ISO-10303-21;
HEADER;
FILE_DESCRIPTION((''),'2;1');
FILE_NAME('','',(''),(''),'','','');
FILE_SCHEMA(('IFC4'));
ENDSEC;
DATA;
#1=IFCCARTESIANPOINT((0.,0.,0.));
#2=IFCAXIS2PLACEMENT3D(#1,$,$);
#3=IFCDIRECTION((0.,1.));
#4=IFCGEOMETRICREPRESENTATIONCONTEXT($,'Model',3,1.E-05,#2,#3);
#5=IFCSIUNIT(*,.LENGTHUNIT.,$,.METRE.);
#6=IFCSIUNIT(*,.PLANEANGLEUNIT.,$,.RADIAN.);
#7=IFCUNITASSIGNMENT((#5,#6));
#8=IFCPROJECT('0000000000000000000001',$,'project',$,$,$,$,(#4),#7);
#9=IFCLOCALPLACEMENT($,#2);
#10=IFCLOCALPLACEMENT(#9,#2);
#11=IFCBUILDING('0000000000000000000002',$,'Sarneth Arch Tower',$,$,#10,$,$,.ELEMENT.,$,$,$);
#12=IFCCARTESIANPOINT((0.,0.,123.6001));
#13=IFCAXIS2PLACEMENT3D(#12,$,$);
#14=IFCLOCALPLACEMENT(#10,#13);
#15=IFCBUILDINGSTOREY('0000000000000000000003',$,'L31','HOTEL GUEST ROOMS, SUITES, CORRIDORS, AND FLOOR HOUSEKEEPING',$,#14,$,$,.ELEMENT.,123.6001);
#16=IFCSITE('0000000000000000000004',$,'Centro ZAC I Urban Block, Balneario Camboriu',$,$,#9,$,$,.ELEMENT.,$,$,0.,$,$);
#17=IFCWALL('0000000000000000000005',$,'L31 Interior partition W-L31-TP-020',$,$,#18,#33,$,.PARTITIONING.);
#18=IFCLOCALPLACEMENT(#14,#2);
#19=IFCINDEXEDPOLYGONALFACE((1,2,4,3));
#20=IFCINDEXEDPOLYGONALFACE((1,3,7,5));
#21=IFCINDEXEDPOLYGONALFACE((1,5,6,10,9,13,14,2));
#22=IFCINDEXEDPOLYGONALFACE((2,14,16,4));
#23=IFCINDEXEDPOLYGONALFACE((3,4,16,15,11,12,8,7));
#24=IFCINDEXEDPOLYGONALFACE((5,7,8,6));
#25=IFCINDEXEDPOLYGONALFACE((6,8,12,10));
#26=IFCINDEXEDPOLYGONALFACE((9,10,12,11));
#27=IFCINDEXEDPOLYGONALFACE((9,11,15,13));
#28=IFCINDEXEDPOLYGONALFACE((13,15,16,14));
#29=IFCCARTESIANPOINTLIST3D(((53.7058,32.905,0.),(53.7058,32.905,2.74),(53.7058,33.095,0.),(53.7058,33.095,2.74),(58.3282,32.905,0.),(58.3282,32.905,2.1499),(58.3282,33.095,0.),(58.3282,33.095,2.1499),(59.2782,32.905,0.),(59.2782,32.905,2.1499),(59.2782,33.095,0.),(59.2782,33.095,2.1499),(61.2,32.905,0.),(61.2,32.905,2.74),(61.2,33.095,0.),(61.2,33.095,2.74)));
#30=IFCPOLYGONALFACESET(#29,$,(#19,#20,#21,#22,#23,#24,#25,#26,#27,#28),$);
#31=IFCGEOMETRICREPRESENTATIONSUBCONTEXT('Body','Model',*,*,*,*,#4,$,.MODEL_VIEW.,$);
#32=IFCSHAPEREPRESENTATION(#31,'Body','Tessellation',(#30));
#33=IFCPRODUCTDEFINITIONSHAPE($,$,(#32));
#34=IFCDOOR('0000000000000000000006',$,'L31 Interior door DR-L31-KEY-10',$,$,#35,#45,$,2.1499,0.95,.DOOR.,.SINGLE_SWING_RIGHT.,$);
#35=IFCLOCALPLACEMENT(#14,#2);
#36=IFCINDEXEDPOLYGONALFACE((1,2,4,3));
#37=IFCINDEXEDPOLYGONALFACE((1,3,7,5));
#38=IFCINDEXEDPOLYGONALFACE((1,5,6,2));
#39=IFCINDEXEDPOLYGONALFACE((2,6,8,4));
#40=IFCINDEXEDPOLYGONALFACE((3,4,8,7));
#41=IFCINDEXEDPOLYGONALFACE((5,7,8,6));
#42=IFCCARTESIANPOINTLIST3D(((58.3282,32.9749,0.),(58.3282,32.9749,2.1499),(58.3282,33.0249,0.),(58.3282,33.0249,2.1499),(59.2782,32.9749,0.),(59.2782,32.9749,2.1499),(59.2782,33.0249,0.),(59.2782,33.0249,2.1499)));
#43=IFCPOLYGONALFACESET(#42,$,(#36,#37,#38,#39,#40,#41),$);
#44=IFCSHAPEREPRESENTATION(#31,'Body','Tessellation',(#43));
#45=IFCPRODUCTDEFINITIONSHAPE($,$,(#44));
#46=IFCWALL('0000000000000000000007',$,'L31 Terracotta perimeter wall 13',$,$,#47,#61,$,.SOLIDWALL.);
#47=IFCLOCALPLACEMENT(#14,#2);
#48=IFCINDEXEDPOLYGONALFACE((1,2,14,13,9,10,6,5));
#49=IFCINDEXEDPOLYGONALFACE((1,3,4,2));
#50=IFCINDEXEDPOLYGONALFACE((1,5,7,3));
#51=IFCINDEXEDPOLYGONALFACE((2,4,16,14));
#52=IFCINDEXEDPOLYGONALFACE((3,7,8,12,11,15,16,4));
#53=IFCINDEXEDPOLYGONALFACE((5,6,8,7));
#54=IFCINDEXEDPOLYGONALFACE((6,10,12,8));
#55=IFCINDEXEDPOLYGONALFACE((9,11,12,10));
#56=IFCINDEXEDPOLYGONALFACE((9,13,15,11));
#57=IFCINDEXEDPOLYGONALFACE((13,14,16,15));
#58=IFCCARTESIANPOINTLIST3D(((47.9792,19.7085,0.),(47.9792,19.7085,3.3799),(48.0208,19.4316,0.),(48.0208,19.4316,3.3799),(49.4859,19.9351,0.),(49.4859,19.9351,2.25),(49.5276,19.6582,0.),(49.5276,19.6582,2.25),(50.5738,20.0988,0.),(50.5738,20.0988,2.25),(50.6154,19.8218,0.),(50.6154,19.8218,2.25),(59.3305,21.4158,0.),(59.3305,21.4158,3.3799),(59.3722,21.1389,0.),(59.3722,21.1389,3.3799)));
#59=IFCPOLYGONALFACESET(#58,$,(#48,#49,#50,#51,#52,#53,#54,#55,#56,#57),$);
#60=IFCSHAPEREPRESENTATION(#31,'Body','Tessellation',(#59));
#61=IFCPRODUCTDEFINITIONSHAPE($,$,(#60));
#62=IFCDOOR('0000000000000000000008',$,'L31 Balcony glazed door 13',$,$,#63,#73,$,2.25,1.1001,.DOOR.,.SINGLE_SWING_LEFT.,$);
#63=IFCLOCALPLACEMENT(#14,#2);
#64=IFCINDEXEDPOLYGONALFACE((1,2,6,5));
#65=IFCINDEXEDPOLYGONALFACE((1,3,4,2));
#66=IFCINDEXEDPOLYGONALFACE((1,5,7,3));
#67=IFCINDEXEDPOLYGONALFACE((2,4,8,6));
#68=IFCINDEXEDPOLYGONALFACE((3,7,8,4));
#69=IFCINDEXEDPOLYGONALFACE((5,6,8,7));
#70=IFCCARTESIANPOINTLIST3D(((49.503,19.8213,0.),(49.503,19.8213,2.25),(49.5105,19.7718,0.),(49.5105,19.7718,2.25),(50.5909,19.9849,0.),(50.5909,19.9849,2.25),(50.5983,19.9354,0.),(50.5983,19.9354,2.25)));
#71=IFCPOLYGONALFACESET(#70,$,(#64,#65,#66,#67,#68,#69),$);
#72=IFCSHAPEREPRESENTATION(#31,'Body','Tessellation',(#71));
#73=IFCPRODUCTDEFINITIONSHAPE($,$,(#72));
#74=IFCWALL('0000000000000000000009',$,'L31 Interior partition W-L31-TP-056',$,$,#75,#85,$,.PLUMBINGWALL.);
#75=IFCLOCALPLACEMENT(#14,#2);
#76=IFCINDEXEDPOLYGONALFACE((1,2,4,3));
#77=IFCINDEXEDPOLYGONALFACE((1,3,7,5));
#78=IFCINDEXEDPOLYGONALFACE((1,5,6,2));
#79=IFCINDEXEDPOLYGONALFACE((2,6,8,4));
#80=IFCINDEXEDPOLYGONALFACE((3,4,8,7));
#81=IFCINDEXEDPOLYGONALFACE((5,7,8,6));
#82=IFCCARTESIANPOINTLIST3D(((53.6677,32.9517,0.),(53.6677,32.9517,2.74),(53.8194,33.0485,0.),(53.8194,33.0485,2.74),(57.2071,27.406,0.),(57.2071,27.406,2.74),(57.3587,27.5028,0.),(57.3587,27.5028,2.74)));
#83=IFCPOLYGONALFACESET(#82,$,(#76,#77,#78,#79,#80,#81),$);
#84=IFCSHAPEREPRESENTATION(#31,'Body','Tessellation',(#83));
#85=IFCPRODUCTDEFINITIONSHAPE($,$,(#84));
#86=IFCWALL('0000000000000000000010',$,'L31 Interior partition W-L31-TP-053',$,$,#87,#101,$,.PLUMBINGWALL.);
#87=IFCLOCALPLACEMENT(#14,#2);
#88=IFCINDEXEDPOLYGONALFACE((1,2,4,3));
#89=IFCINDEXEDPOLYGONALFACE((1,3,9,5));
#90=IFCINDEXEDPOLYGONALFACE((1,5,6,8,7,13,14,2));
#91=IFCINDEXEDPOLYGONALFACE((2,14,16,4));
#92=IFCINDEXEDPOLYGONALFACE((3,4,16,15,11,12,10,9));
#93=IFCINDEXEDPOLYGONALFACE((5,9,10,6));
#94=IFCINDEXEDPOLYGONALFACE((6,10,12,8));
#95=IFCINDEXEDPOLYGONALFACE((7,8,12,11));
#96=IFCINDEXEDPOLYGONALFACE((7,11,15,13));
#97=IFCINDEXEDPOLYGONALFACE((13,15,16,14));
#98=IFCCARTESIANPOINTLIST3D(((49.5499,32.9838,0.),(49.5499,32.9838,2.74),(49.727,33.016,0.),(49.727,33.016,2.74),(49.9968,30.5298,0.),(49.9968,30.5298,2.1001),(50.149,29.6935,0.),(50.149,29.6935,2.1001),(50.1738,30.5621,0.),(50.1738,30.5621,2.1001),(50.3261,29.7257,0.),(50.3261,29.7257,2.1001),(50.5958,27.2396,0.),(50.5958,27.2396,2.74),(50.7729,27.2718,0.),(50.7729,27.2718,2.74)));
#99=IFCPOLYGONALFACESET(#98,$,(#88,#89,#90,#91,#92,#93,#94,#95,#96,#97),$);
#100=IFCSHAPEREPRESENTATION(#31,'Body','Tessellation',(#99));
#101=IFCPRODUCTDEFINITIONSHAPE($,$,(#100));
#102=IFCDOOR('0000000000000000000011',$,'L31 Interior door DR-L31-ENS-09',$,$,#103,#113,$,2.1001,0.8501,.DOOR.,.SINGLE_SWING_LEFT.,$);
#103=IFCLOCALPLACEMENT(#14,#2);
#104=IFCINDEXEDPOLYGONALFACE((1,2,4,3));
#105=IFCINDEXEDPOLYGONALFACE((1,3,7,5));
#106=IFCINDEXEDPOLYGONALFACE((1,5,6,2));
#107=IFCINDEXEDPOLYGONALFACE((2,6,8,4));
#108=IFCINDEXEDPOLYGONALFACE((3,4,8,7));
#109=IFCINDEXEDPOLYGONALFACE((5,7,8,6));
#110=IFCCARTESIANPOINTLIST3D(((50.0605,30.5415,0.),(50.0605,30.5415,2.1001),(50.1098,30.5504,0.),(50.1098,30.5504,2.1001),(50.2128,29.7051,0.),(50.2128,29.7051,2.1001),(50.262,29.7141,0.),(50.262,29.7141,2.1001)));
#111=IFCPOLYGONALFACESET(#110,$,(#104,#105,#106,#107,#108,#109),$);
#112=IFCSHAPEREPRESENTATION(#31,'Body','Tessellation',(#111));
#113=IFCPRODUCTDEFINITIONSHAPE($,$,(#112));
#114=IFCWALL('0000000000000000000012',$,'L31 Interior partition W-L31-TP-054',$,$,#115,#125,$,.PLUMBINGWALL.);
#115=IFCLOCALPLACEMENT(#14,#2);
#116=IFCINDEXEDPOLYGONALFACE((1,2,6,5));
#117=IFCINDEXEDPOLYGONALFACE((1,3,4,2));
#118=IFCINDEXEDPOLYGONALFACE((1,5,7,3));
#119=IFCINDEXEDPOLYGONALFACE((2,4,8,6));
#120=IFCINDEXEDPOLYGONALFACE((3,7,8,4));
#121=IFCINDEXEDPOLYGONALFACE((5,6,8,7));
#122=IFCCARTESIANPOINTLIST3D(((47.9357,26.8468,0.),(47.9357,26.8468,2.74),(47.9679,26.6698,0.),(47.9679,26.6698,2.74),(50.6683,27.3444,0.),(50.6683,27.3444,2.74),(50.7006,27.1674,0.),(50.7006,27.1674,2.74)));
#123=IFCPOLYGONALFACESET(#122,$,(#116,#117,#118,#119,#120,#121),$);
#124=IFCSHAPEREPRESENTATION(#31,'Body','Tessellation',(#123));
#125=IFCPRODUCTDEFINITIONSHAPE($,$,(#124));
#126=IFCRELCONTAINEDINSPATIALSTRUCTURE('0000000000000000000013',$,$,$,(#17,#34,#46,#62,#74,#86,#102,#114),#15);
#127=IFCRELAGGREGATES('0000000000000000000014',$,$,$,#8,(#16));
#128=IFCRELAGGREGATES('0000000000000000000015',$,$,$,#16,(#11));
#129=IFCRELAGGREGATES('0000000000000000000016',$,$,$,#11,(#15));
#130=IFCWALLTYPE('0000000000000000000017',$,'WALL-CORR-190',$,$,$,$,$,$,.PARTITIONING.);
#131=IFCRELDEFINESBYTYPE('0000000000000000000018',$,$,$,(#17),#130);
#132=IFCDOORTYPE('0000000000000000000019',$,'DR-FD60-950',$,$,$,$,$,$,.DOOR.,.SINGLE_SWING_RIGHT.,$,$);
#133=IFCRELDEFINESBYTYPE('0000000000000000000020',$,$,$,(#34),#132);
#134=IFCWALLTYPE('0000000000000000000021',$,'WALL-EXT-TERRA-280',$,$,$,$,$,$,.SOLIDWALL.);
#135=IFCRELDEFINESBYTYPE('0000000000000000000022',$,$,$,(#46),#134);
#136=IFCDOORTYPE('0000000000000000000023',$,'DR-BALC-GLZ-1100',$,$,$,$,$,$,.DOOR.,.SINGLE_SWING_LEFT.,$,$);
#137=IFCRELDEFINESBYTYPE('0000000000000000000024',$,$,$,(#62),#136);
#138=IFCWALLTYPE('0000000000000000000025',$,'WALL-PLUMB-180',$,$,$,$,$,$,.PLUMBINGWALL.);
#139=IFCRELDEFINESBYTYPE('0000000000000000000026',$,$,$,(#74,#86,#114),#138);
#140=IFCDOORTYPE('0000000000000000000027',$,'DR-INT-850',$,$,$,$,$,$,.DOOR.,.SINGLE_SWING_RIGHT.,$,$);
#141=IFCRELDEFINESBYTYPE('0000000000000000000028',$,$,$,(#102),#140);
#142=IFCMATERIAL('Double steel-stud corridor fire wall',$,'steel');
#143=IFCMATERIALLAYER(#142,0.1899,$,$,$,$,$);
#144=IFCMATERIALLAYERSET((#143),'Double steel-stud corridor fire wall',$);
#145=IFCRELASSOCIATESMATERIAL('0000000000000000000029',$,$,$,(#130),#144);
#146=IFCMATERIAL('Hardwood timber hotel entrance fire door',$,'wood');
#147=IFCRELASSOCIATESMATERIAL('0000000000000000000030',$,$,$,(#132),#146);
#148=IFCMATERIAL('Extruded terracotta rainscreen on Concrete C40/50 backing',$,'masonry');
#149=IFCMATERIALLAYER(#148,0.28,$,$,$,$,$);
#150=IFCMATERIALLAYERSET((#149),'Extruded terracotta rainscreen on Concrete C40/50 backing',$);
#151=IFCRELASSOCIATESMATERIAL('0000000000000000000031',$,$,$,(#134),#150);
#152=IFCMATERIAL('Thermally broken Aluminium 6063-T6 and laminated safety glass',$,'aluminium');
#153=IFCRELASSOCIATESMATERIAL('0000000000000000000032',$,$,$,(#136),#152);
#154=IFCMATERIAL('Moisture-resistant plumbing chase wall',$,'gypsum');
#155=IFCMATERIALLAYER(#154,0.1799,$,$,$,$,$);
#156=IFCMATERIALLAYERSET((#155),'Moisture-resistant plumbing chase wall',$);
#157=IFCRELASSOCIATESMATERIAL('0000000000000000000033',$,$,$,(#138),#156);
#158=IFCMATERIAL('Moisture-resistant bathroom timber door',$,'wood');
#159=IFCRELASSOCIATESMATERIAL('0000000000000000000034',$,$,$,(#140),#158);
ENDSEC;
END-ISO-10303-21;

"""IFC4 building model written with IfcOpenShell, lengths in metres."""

from ifc_helpers import new_model, si_unit, direction, frame, frame_2d, origin, place, context, subcontext, project, spatial, rectangle, extrude, material, layer, layer_set, type_object, element, fill, save


model = new_model("IFC4")

# Units and contexts
model_context = context("Model", 3, precision=1e-05, world=origin(), true_north=direction((0.0, 1.0)))
body_context = subcontext(model_context, "Body", "Model", "MODEL_VIEW")
ifc_project = project(units=[si_unit("LENGTHUNIT", "METRE"), si_unit("PLANEANGLEUNIT", "RADIAN")], contexts=[model_context])

# Site, building, storey
site_placement = place(None, origin())
site = spatial("IfcSite", under=ifc_project, at=site_placement, Name="Centro ZAC I Urban Block, Balneario Camboriu", CompositionType="ELEMENT", RefElevation=0.0)
building_placement = place(site_placement, origin())
building = spatial("IfcBuilding", under=site, at=building_placement, Name="Sarneth Arch Tower", CompositionType="ELEMENT")
storey_placement = place(building_placement, frame((0.0, 0.0, 123.6001)))
storey = spatial("IfcBuildingStorey", under=building, at=storey_placement, Name="L31", Description="HOTEL GUEST ROOMS, SUITES, CORRIDORS, AND FLOOR HOUSEKEEPING", CompositionType="ELEMENT", Elevation=123.6001)

# Shared definitions
ifc_material_1 = material(Name="Double steel-stud corridor fire wall", Category="steel")
ifc_layer_1 = layer(ifc_material_1, 0.1899)
ifc_layer_set_1 = layer_set([ifc_layer_1], Name="Double steel-stud corridor fire wall")
wall_type_1 = type_object("IfcWallType", Name="WALL-CORR-190", PredefinedType="PARTITIONING", material=ifc_layer_set_1)
ifc_material_2 = material(Name="Hardwood timber hotel entrance fire door", Category="wood")
door_type_1 = type_object("IfcDoorType", Name="DR-FD60-950", OperationType="SINGLE_SWING_RIGHT", PredefinedType="DOOR", material=ifc_material_2)

# Walls, openings, doors
wall_1_placement = place(storey_placement, frame((53.7058, 33.0, 0.0), z_axis=(0.0, 0.0, 1.0), x_axis=(1.0, 0.0, 0.0)))
wall_1 = element("IfcWall", 1, at=wall_1_placement, inside=storey, type_object=wall_type_1, Name="L31 Interior partition W-L31-TP-020", PredefinedType="PARTITIONING", context=body_context, shape_type="SweptSolid", body=[
    extrude(rectangle(XDim=7.4941, YDim=0.1899, at=frame_2d((3.7471, 0.0))), origin(), (0.0, 0.0, 1.0), 2.74),
])
opening_1_placement = place(wall_1_placement, frame((4.6223, 0.0, 0.0)))
opening_1 = element("IfcOpeningElement", 2, at=opening_1_placement, cuts=wall_1, PredefinedType="OPENING", context=body_context, shape_type="SweptSolid", body=[
    extrude(rectangle(XDim=0.95, YDim=2.1499, at=frame_2d((0.4751, 1.075))), frame((0.0, 0.105, 0.0), z_axis=(0.0, -1.0, 0.0), x_axis=(1.0, 0.0, 0.0)), (0.0, 0.0, 1.0), 0.21),
])
door_1_placement = place(opening_1_placement, origin())
door_1 = element("IfcDoor", 3, at=door_1_placement, inside=storey, type_object=door_type_1, Name="L31 Interior door DR-L31-KEY-10", OperationType="SINGLE_SWING_RIGHT", OverallHeight=2.1499, OverallWidth=0.95, PredefinedType="DOOR", context=body_context, shape_type="SweptSolid", body=[
    extrude(rectangle(XDim=0.95, YDim=2.1499, at=frame_2d((0.4751, 1.075))), frame((0.0, 0.0249, 0.0), z_axis=(0.0, -1.0, 0.0), x_axis=(1.0, 0.0, 0.0)), (0.0, 0.0, 1.0), 0.05),
])
fill(opening_1, door_1)
ifc_material_3 = material(Name="Extruded terracotta rainscreen on Concrete C40/50 backing", Category="masonry")
ifc_layer_2 = layer(ifc_material_3, 0.28)
ifc_layer_set_2 = layer_set([ifc_layer_2], Name="Extruded terracotta rainscreen on Concrete C40/50 backing")
wall_type_2 = type_object("IfcWallType", Name="WALL-EXT-TERRA-280", PredefinedType="SOLIDWALL", material=ifc_layer_set_2)
wall_2_placement = place(storey_placement, frame((48.0, 19.5701, 0.0), z_axis=(0.0, 0.0, 1.0), x_axis=(0.988878, 0.14873, 0.0)))
wall_2 = element("IfcWall", 4, at=wall_2_placement, inside=storey, type_object=wall_type_2, Name="L31 Terracotta perimeter wall 13", PredefinedType="SOLIDWALL", context=body_context, shape_type="SweptSolid", body=[
    extrude(rectangle(XDim=11.479, YDim=0.28, at=frame_2d((5.7395, 0.0))), origin(), (0.0, 0.0, 1.0), 3.3799),
])
opening_2_placement = place(wall_2_placement, frame((1.5237, 0.0, 0.0)))
opening_2 = element("IfcOpeningElement", 5, at=opening_2_placement, cuts=wall_2, PredefinedType="OPENING", context=body_context, shape_type="SweptSolid", body=[
    extrude(rectangle(XDim=1.1001, YDim=2.25, at=frame_2d((0.55, 1.125))), frame((0.0, 0.1499, 0.0), z_axis=(0.0, -1.0, 0.0), x_axis=(1.0, 0.0, 0.0)), (0.0, 0.0, 1.0), 0.3),
])
ifc_material_4 = material(Name="Thermally broken Aluminium 6063-T6 and laminated safety glass", Category="aluminium")
door_type_2 = type_object("IfcDoorType", Name="DR-BALC-GLZ-1100", OperationType="SINGLE_SWING_LEFT", PredefinedType="DOOR", material=ifc_material_4)
door_2_placement = place(opening_2_placement, origin())
door_2 = element("IfcDoor", 6, at=door_2_placement, inside=storey, type_object=door_type_2, Name="L31 Balcony glazed door 13", OperationType="SINGLE_SWING_LEFT", OverallHeight=2.25, OverallWidth=1.1001, PredefinedType="DOOR", context=body_context, shape_type="SweptSolid", body=[
    extrude(rectangle(XDim=1.1001, YDim=2.25, at=frame_2d((0.55, 1.125))), frame((0.0, 0.0249, 0.0), z_axis=(0.0, -1.0, 0.0), x_axis=(1.0, 0.0, 0.0)), (0.0, 0.0, 1.0), 0.05),
])
fill(opening_2, door_2)

# Wall
ifc_material_5 = material(Name="Moisture-resistant plumbing chase wall", Category="gypsum")
ifc_layer_3 = layer(ifc_material_5, 0.1799)
ifc_layer_set_3 = layer_set([ifc_layer_3], Name="Moisture-resistant plumbing chase wall")
wall_type_3 = type_object("IfcWallType", Name="WALL-PLUMB-180", PredefinedType="PLUMBINGWALL", material=ifc_layer_set_3)
wall_3_placement = place(storey_placement, frame((57.283, 27.4543, 0.0), z_axis=(0.0, 0.0, 1.0), x_axis=(-0.537984, 0.842955, 0.0)))
element("IfcWall", 7, at=wall_3_placement, inside=storey, type_object=wall_type_3, Name="L31 Interior partition W-L31-TP-056", PredefinedType="PLUMBINGWALL", context=body_context, shape_type="SweptSolid", body=[
    extrude(rectangle(XDim=6.5789, YDim=0.1799, at=frame_2d((3.2896, 0.0))), origin(), (0.0, 0.0, 1.0), 2.74),
])

# Wall, opening, door
wall_4_placement = place(storey_placement, frame((49.6384, 33.0, 0.0), z_axis=(0.0, 0.0, 1.0), x_axis=(0.179136, -0.983824, 0.0)))
wall_4 = element("IfcWall", 8, at=wall_4_placement, inside=storey, type_object=wall_type_3, Name="L31 Interior partition W-L31-TP-053", PredefinedType="PLUMBINGWALL", context=body_context, shape_type="SweptSolid", body=[
    extrude(rectangle(XDim=5.8386, YDim=0.1799, at=frame_2d((2.9194, 0.0))), origin(), (0.0, 0.0, 1.0), 2.74),
])
opening_3_placement = place(wall_4_placement, frame((2.4944, 0.0, 0.0)))
opening_3 = element("IfcOpeningElement", 9, at=opening_3_placement, cuts=wall_4, PredefinedType="OPENING", context=body_context, shape_type="SweptSolid", body=[
    extrude(rectangle(XDim=0.8501, YDim=2.1001, at=frame_2d((0.425, 1.05))), frame((0.0, 0.0999, 0.0), z_axis=(0.0, -1.0, 0.0), x_axis=(1.0, 0.0, 0.0)), (0.0, 0.0, 1.0), 0.2),
])
ifc_material_6 = material(Name="Moisture-resistant bathroom timber door", Category="wood")
door_type_3 = type_object("IfcDoorType", Name="DR-INT-850", OperationType="SINGLE_SWING_RIGHT", PredefinedType="DOOR", material=ifc_material_6)
door_3_placement = place(opening_3_placement, origin())
door_3 = element("IfcDoor", 10, at=door_3_placement, inside=storey, type_object=door_type_3, Name="L31 Interior door DR-L31-ENS-09", OperationType="SINGLE_SWING_LEFT", OverallHeight=2.1001, OverallWidth=0.8501, PredefinedType="DOOR", context=body_context, shape_type="SweptSolid", body=[
    extrude(rectangle(XDim=0.8501, YDim=2.1001, at=frame_2d((0.425, 1.05))), frame((0.0, 0.0249, 0.0), z_axis=(0.0, -1.0, 0.0), x_axis=(1.0, 0.0, 0.0)), (0.0, 0.0, 1.0), 0.05),
])
fill(opening_3, door_3)

# Wall
wall_5_placement = place(storey_placement, frame((50.6843, 27.2559, 0.0), z_axis=(0.0, 0.0, 1.0), x_axis=(-0.983825, -0.179133, 0.0)))
element("IfcWall", 11, at=wall_5_placement, inside=storey, type_object=wall_type_3, Name="L31 Interior partition W-L31-TP-054", PredefinedType="PLUMBINGWALL", context=body_context, shape_type="SweptSolid", body=[
    extrude(rectangle(XDim=2.7776, YDim=0.1799, at=frame_2d((1.3887, 0.0))), origin(), (0.0, 0.0, 1.0), 2.74),
])

save(model, "model.ifc")
